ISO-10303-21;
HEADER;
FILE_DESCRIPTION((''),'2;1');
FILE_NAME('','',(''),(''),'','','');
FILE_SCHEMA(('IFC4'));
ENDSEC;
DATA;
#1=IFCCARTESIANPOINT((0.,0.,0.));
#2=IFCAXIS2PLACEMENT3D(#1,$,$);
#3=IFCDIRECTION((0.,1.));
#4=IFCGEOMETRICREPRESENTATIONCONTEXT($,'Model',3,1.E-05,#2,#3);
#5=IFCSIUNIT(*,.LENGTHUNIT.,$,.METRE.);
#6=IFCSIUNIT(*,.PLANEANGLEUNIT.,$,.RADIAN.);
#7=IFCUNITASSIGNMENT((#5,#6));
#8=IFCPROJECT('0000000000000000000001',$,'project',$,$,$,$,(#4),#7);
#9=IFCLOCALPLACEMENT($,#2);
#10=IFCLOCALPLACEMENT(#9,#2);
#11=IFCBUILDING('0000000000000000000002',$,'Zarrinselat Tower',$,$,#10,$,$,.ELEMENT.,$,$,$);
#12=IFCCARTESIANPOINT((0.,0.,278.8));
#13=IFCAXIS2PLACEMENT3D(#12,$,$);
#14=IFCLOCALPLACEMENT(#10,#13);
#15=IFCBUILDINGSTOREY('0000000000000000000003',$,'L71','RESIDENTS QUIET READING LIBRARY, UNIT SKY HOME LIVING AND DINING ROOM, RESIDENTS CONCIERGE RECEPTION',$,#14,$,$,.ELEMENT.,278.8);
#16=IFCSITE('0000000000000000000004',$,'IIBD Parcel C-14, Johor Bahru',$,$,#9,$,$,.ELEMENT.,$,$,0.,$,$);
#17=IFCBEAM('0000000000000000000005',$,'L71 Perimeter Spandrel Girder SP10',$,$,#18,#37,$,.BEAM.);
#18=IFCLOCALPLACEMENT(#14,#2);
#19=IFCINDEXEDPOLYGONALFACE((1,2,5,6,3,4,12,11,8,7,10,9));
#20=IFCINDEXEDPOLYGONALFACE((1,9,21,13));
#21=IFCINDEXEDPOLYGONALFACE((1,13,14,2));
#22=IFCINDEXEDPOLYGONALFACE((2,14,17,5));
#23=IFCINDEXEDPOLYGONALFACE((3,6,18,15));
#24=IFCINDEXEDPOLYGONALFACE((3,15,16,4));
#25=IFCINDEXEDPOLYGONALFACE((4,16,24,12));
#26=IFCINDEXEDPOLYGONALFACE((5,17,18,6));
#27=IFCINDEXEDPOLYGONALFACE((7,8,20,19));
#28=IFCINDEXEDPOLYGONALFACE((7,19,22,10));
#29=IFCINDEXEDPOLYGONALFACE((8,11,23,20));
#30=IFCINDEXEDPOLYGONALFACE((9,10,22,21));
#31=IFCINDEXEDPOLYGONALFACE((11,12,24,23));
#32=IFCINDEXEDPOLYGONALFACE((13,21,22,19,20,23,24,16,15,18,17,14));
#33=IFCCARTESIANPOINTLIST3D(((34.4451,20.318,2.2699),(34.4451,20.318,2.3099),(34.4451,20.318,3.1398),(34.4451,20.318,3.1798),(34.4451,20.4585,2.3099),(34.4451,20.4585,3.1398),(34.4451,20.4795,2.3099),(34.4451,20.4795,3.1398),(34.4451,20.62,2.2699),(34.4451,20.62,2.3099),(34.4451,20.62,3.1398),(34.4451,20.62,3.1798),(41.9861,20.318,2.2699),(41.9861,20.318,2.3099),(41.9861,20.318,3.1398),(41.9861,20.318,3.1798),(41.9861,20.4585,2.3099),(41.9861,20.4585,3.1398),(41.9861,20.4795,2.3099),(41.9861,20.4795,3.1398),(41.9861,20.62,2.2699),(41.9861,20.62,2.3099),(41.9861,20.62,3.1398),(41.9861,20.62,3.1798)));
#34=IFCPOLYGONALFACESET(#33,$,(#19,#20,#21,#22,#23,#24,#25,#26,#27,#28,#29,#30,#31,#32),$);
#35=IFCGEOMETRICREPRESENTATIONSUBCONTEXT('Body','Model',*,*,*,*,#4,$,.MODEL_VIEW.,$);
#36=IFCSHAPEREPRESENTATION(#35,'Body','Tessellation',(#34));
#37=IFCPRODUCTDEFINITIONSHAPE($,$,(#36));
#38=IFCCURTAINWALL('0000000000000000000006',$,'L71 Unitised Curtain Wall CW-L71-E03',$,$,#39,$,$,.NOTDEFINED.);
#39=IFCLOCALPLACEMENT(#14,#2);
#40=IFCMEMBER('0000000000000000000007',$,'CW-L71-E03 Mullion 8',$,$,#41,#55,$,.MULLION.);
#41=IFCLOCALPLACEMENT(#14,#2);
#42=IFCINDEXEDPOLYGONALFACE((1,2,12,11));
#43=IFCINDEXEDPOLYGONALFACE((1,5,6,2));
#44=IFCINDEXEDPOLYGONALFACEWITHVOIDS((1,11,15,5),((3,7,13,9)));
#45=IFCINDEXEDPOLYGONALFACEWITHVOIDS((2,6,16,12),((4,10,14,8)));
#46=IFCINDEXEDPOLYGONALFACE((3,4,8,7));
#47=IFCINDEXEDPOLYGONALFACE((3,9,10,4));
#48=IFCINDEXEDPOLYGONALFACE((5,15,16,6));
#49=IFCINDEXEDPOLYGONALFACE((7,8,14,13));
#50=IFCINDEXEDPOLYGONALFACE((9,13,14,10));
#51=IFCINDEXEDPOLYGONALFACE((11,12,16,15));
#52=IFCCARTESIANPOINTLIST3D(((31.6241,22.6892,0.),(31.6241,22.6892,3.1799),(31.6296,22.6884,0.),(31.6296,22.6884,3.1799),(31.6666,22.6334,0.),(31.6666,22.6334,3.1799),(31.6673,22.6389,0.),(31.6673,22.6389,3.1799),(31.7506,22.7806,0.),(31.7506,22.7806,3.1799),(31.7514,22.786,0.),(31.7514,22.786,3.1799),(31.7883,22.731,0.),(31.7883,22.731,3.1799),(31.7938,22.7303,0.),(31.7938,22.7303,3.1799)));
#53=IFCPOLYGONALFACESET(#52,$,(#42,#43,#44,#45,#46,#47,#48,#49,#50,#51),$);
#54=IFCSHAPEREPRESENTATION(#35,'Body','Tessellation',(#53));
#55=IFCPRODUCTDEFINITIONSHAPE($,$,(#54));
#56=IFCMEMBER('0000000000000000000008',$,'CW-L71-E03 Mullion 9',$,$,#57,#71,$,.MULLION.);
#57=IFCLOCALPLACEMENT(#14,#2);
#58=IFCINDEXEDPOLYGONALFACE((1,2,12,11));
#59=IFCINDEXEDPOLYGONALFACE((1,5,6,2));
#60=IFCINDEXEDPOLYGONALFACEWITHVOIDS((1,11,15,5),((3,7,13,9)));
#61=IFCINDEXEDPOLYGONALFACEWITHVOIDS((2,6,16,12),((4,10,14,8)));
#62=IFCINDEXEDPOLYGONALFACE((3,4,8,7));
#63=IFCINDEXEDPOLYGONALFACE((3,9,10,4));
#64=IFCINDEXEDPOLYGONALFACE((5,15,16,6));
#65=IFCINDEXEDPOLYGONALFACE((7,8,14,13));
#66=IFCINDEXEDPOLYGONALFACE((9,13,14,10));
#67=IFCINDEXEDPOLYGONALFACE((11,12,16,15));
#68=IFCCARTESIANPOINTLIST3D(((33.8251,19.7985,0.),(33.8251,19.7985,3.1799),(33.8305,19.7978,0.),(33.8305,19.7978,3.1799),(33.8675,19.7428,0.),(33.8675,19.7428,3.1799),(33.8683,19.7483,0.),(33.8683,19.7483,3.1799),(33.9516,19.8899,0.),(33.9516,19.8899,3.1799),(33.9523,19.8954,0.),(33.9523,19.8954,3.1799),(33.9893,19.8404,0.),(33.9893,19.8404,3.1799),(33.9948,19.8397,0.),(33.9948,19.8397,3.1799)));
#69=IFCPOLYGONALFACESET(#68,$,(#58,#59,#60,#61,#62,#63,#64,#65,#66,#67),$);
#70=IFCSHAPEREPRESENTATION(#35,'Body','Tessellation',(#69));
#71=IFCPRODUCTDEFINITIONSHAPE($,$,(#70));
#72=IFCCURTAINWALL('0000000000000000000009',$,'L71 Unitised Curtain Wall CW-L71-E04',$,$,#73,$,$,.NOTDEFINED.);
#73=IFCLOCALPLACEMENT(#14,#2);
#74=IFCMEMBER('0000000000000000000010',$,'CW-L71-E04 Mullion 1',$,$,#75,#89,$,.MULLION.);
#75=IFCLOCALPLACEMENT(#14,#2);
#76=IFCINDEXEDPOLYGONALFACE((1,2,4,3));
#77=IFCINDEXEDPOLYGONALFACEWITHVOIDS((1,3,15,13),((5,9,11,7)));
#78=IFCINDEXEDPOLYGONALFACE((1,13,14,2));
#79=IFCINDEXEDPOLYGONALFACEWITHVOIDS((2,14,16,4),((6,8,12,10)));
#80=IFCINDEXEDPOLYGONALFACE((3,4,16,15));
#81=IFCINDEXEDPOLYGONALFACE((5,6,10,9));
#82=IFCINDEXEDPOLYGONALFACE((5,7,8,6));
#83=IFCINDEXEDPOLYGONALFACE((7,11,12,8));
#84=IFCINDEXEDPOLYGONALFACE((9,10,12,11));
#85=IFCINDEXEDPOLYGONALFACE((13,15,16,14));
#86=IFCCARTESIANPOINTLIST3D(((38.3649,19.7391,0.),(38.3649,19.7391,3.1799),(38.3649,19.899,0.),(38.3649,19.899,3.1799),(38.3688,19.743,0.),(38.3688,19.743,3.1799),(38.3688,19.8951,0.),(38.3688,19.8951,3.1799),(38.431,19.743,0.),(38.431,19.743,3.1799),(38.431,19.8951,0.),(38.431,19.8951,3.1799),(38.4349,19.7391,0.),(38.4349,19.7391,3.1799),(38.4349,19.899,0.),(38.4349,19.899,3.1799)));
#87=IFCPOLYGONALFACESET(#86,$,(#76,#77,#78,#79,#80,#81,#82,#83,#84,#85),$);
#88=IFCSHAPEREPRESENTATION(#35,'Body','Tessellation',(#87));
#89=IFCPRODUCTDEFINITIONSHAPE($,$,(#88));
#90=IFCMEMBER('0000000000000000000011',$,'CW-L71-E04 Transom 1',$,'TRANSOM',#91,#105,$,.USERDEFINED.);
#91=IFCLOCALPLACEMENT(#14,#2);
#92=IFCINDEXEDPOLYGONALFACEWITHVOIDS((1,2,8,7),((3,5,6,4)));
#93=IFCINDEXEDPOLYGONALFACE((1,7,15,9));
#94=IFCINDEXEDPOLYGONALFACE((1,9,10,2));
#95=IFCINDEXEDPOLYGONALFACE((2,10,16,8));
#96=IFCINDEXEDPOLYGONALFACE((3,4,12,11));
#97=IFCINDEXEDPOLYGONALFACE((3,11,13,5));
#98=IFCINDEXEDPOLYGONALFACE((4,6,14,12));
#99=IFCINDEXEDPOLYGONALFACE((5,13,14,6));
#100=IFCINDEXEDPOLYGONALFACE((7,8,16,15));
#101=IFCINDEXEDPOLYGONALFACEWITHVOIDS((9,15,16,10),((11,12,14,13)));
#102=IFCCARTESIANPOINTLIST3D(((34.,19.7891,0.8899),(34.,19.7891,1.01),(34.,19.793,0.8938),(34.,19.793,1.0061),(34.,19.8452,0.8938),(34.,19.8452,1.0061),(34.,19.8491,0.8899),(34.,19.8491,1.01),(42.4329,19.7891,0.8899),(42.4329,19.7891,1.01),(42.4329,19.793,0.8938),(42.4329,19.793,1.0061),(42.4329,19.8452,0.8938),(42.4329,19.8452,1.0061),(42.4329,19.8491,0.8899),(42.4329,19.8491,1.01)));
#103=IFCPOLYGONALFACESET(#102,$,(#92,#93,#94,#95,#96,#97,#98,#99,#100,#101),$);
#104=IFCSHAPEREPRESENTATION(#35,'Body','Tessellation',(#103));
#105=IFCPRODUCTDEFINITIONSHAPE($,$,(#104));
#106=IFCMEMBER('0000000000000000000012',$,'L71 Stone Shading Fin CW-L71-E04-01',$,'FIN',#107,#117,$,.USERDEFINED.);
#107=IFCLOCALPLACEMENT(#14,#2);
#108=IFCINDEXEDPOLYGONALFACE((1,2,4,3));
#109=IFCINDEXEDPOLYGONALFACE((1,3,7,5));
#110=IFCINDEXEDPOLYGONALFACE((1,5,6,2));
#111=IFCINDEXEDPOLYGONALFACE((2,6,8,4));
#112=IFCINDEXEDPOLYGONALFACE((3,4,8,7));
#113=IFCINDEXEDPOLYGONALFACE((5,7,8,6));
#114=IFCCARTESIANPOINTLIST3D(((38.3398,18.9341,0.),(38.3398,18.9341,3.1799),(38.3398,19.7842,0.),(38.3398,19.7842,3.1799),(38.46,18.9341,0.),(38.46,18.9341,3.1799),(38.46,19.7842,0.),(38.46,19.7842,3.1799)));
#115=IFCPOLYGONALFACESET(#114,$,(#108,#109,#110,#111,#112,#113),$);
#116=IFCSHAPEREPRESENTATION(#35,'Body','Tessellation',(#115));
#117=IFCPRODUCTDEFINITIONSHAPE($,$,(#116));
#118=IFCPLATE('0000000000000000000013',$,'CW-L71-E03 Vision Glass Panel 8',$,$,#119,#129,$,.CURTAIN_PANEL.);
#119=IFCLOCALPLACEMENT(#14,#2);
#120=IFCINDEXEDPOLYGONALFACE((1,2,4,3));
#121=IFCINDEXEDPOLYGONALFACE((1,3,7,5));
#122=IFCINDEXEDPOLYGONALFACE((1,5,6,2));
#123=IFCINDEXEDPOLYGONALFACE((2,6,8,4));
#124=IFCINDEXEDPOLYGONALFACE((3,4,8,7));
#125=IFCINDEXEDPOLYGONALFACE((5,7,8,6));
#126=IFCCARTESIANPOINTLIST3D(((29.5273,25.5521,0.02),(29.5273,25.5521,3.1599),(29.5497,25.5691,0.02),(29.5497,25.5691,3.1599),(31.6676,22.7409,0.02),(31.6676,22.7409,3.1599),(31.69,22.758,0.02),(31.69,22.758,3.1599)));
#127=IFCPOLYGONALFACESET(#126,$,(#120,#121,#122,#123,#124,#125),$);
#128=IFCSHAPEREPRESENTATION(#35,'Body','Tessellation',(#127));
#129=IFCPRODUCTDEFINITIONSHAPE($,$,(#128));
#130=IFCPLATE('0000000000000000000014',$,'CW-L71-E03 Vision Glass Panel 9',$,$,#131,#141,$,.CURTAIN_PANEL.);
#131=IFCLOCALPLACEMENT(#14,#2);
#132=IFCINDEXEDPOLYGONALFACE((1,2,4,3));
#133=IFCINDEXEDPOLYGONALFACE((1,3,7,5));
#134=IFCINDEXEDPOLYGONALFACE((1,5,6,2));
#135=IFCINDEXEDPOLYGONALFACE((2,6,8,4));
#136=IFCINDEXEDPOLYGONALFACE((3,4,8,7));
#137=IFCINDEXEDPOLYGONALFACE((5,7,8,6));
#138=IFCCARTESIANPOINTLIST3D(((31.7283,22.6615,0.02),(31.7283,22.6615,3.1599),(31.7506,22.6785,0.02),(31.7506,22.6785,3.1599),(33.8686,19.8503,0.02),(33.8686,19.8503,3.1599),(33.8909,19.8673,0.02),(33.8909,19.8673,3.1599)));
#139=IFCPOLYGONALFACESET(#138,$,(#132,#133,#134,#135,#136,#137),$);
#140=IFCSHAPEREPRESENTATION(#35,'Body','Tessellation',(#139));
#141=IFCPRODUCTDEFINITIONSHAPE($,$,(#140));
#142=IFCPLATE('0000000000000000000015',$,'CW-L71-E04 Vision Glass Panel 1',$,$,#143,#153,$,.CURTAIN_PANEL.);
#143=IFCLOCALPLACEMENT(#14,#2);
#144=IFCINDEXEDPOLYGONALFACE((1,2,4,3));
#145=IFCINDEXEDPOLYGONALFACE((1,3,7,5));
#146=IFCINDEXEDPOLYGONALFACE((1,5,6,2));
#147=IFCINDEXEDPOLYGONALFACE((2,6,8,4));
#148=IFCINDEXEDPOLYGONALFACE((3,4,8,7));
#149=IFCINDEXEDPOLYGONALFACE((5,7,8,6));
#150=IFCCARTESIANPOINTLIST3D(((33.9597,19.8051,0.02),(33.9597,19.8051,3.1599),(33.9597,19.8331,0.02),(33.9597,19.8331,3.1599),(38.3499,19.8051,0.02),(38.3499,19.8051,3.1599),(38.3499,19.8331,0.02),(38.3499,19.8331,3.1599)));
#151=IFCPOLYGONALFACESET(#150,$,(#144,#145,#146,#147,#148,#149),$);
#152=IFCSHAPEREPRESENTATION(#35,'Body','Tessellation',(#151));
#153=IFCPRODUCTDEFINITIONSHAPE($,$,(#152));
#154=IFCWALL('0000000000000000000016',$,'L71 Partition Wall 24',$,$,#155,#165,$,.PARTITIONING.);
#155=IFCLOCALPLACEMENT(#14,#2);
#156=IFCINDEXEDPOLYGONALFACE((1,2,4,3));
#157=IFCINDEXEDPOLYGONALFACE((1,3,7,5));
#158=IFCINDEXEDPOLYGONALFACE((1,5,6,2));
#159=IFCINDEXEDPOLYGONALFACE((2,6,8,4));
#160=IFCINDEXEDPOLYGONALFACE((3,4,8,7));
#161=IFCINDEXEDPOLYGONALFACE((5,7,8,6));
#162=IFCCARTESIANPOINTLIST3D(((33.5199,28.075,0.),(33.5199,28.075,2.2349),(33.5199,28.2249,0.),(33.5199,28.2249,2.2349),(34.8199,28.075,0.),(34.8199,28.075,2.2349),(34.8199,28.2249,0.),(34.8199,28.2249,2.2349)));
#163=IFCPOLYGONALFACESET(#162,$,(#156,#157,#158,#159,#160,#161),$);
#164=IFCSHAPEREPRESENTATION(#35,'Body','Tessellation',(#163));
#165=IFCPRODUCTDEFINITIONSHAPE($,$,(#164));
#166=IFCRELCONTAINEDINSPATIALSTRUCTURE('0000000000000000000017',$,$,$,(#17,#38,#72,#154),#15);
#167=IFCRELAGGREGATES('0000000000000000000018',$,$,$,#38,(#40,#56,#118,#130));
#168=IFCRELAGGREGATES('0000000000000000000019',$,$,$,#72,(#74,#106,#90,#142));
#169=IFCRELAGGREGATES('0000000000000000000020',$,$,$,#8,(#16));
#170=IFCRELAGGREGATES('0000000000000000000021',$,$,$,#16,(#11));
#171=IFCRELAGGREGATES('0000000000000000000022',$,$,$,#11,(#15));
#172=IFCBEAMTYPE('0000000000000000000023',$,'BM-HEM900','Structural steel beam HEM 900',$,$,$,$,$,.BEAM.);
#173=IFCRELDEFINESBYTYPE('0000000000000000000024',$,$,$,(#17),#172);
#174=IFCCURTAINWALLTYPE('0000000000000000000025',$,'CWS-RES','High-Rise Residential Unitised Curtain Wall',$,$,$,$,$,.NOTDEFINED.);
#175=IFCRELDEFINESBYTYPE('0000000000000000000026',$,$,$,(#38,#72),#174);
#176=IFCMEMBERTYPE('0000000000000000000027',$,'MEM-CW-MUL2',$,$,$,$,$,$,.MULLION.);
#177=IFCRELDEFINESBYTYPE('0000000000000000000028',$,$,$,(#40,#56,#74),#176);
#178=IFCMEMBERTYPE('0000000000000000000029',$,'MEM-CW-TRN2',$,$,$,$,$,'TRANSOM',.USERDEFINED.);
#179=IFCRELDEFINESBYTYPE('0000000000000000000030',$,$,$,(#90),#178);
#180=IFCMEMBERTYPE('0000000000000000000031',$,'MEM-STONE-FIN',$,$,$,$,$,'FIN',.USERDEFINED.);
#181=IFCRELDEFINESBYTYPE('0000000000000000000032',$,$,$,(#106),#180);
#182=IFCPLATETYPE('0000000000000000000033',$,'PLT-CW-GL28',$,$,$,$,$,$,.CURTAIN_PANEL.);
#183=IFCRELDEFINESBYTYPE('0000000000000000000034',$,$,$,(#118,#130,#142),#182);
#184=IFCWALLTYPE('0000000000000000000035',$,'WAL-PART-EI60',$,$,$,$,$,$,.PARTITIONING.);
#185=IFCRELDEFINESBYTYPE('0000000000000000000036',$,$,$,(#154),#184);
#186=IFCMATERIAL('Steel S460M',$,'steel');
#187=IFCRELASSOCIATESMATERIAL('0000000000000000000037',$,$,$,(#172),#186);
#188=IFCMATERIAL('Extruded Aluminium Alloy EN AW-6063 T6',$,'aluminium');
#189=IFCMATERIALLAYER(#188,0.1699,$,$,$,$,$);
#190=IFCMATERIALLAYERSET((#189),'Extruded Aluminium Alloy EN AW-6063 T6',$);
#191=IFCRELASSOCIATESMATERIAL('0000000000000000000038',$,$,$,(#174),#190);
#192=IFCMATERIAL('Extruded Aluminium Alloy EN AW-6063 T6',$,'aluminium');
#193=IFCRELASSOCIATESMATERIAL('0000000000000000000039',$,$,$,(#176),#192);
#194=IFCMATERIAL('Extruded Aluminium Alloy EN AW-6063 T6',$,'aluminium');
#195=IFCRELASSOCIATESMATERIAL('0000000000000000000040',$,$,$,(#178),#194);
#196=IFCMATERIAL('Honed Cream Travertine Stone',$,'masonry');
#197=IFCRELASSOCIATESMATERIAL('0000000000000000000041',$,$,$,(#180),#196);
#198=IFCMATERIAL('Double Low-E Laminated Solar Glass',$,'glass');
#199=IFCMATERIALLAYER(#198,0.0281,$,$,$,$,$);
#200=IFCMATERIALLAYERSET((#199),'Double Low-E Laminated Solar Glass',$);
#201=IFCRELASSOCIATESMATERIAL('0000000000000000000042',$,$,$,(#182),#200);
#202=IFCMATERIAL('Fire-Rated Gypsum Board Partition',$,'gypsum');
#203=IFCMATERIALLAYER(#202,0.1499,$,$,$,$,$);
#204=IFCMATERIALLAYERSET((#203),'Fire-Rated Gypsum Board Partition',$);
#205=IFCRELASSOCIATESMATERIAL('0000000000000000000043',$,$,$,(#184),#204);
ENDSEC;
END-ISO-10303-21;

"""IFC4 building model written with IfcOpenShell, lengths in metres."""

from ifc_helpers import new_model, si_unit, direction, frame, frame_2d, origin, origin_2d, place, context, subcontext, project, spatial, rectangle, hollow_rectangle, i_section, extrude, material, layer, layer_set, material_profile, profile_set, type_object, element, aggregate, save


model = new_model("IFC4")

# Units and contexts
model_context = context("Model", 3, precision=1e-05, world=origin(), true_north=direction((0.0, 1.0)))
body_context = subcontext(model_context, "Body", "Model", "MODEL_VIEW")
ifc_project = project(units=[si_unit("LENGTHUNIT", "METRE"), si_unit("PLANEANGLEUNIT", "RADIAN")], contexts=[model_context])

# Site, building, storey
site_placement = place(None, origin())
site = spatial("IfcSite", under=ifc_project, at=site_placement, Name="IIBD Parcel C-14, Johor Bahru", CompositionType="ELEMENT", RefElevation=0.0)
building_placement = place(site_placement, origin())
building = spatial("IfcBuilding", under=site, at=building_placement, Name="Zarrinselat Tower", CompositionType="ELEMENT")
storey_placement = place(building_placement, frame((0.0, 0.0, 278.8)))
storey = spatial("IfcBuildingStorey", under=building, at=storey_placement, Name="L71", Description="RESIDENTS QUIET READING LIBRARY, UNIT SKY HOME LIVING AND DINING ROOM, RESIDENTS CONCIERGE RECEPTION", CompositionType="ELEMENT", Elevation=278.8)

# Beam
ifc_material_1 = material(Name="Steel S460M", Category="steel")
ifc_material_profile_1 = material_profile(ifc_material_1, i_section(OverallWidth=0.302, OverallDepth=0.9099, WebThickness=0.021, FlangeThickness=0.04, at=origin_2d()), Name="HEM 900")
ifc_profile_set_1 = profile_set([ifc_material_profile_1], Name="Steel S460M")
beam_type_1 = type_object("IfcBeamType", Name="BM-HEM900", Description="Structural steel beam HEM 900", PredefinedType="BEAM", material=ifc_profile_set_1)
beam_1_placement = place(storey_placement, frame((34.4451, 20.469, 2.7249), z_axis=(1.0, 0.0, 0.0), x_axis=(0.0, 1.0, 0.0)))
element("IfcBeam", 1, at=beam_1_placement, inside=storey, type_object=beam_type_1, Name="L71 Perimeter Spandrel Girder SP10", PredefinedType="BEAM", context=body_context, shape_type="SweptSolid", body=[
    extrude(i_section(OverallWidth=0.302, OverallDepth=0.9099, WebThickness=0.021, FlangeThickness=0.04, at=origin_2d()), origin(), (0.0, 0.0, 1.0), 7.541),
])

# Curtain walls, members
ifc_material_2 = material(Name="Extruded Aluminium Alloy EN AW-6063 T6", Category="aluminium")
ifc_layer_1 = layer(ifc_material_2, 0.1699)
ifc_layer_set_1 = layer_set([ifc_layer_1], Name="Extruded Aluminium Alloy EN AW-6063 T6")
curtain_wall_type = type_object("IfcCurtainWallType", Name="CWS-RES", Description="High-Rise Residential Unitised Curtain Wall", PredefinedType="NOTDEFINED", material=ifc_layer_set_1)
curtain_wall_1_placement = place(storey_placement, origin())
curtain_wall_1 = element("IfcCurtainWall", 2, at=curtain_wall_1_placement, inside=storey, type_object=curtain_wall_type, Name="L71 Unitised Curtain Wall CW-L71-E03", PredefinedType="NOTDEFINED")
ifc_material_3 = material(Name="Extruded Aluminium Alloy EN AW-6063 T6", Category="aluminium")
ifc_material_profile_2 = material_profile(ifc_material_3, hollow_rectangle(XDim=0.0701, YDim=0.1599, WallThickness=0.0039, at=origin_2d()), Name="RHS 160x70x4")
ifc_profile_set_2 = profile_set([ifc_material_profile_2], Name="Extruded Aluminium Alloy EN AW-6063 T6")
member_type_1 = type_object("IfcMemberType", Name="MEM-CW-MUL2", PredefinedType="MULLION", material=ifc_profile_set_2)
member_1_placement = place(storey_placement, frame((31.709, 22.7097, 0.0), z_axis=(0.0, 0.0, 1.0), x_axis=(0.605767, -0.795642, 0.0)))
member_1 = element("IfcMember", 3, at=member_1_placement, type_object=member_type_1, Name="CW-L71-E03 Mullion 8", PredefinedType="MULLION", context=body_context, shape_type="SweptSolid", body=[
    extrude(hollow_rectangle(XDim=0.0701, YDim=0.1599, WallThickness=0.0039, at=origin_2d()), origin(), (0.0, 0.0, 1.0), 3.1799),
])
member_2_placement = place(storey_placement, frame((33.9099, 19.8191, 0.0), z_axis=(0.0, 0.0, 1.0), x_axis=(0.605767, -0.795642, 0.0)))
member_2 = element("IfcMember", 4, at=member_2_placement, type_object=member_type_1, Name="CW-L71-E03 Mullion 9", PredefinedType="MULLION", context=body_context, shape_type="SweptSolid", body=[
    extrude(hollow_rectangle(XDim=0.0701, YDim=0.1599, WallThickness=0.0039, at=origin_2d()), origin(), (0.0, 0.0, 1.0), 3.1799),
])
curtain_wall_2_placement = place(storey_placement, origin())
curtain_wall_2 = element("IfcCurtainWall", 5, at=curtain_wall_2_placement, inside=storey, type_object=curtain_wall_type, Name="L71 Unitised Curtain Wall CW-L71-E04", PredefinedType="NOTDEFINED")
member_3_placement = place(storey_placement, frame((38.3999, 19.8191, 0.0), z_axis=(0.0, 0.0, 1.0), x_axis=(1.0, 0.0, 0.0)))
member_3 = element("IfcMember", 6, at=member_3_placement, type_object=member_type_1, Name="CW-L71-E04 Mullion 1", PredefinedType="MULLION", context=body_context, shape_type="SweptSolid", body=[
    extrude(hollow_rectangle(XDim=0.0701, YDim=0.1599, WallThickness=0.0039, at=origin_2d()), origin(), (0.0, 0.0, 1.0), 3.1799),
])
ifc_material_4 = material(Name="Extruded Aluminium Alloy EN AW-6063 T6", Category="aluminium")
ifc_material_profile_3 = material_profile(ifc_material_4, hollow_rectangle(XDim=0.0601, YDim=0.1201, WallThickness=0.0039, at=origin_2d()), Name="RHS 120x60x4")
ifc_profile_set_3 = profile_set([ifc_material_profile_3], Name="Extruded Aluminium Alloy EN AW-6063 T6")
member_type_2 = type_object("IfcMemberType", Name="MEM-CW-TRN2", ElementType="TRANSOM", PredefinedType="USERDEFINED", material=ifc_profile_set_3)
member_4_placement = place(storey_placement, frame((34.0, 19.8191, 0.95), z_axis=(1.0, 0.0, 0.0), x_axis=(0.0, 1.0, 0.0)))
member_4 = element("IfcMember", 7, at=member_4_placement, type_object=member_type_2, Name="CW-L71-E04 Transom 1", ObjectType="TRANSOM", PredefinedType="USERDEFINED", context=body_context, shape_type="SweptSolid", body=[
    extrude(hollow_rectangle(XDim=0.0601, YDim=0.1201, WallThickness=0.0039, at=origin_2d()), origin(), (0.0, 0.0, 1.0), 8.4329),
])
ifc_material_5 = material(Name="Honed Cream Travertine Stone", Category="masonry")
ifc_material_profile_4 = material_profile(ifc_material_5, rectangle(XDim=0.1201, YDim=0.8501, at=origin_2d()), Name="FIN 850x120")
ifc_profile_set_4 = profile_set([ifc_material_profile_4], Name="Honed Cream Travertine Stone")
member_type_3 = type_object("IfcMemberType", Name="MEM-STONE-FIN", ElementType="FIN", PredefinedType="USERDEFINED", material=ifc_profile_set_4)
member_5_placement = place(storey_placement, frame((38.3999, 19.3591, 0.0), z_axis=(0.0, 0.0, 1.0), x_axis=(-1.0, 0.0, 0.0)))
member_5 = element("IfcMember", 8, at=member_5_placement, type_object=member_type_3, Name="L71 Stone Shading Fin CW-L71-E04-01", ObjectType="FIN", PredefinedType="USERDEFINED", context=body_context, shape_type="SweptSolid", body=[
    extrude(rectangle(XDim=0.1201, YDim=0.8501, at=origin_2d()), origin(), (0.0, 0.0, 1.0), 3.1799),
])

# Plates
ifc_material_6 = material(Name="Double Low-E Laminated Solar Glass", Category="glass")
ifc_layer_2 = layer(ifc_material_6, 0.0281)
ifc_layer_set_2 = layer_set([ifc_layer_2], Name="Double Low-E Laminated Solar Glass")
plate_type = type_object("IfcPlateType", Name="PLT-CW-GL28", PredefinedType="CURTAIN_PANEL", material=ifc_layer_set_2)
plate_1_placement = place(storey_placement, frame((30.6086, 24.155, 0.02), z_axis=(0.0, 0.0, 1.0), x_axis=(0.605767, -0.795642, 0.0)))
plate_1 = element("IfcPlate", 9, at=plate_1_placement, type_object=plate_type, Name="CW-L71-E03 Vision Glass Panel 8", PredefinedType="CURTAIN_PANEL", context=body_context, shape_type="SweptSolid", body=[
    extrude(rectangle(XDim=3.5332, YDim=0.0281, at=origin_2d()), origin(), (0.0, 0.0, 1.0), 3.1399),
])
plate_2_placement = place(storey_placement, frame((32.8096, 21.2644, 0.02), z_axis=(0.0, 0.0, 1.0), x_axis=(0.605767, -0.795642, 0.0)))
plate_2 = element("IfcPlate", 10, at=plate_2_placement, type_object=plate_type, Name="CW-L71-E03 Vision Glass Panel 9", PredefinedType="CURTAIN_PANEL", context=body_context, shape_type="SweptSolid", body=[
    extrude(rectangle(XDim=3.5332, YDim=0.0281, at=origin_2d()), origin(), (0.0, 0.0, 1.0), 3.1399),
])
aggregate(curtain_wall_1, [member_1, member_2, plate_1, plate_2])
plate_3_placement = place(storey_placement, frame((36.1548, 19.8191, 0.02), z_axis=(0.0, 0.0, 1.0), x_axis=(1.0, 0.0, 0.0)))
plate_3 = element("IfcPlate", 11, at=plate_3_placement, type_object=plate_type, Name="CW-L71-E04 Vision Glass Panel 1", PredefinedType="CURTAIN_PANEL", context=body_context, shape_type="SweptSolid", body=[
    extrude(rectangle(XDim=4.3901, YDim=0.0281, at=origin_2d()), origin(), (0.0, 0.0, 1.0), 3.1399),
])
aggregate(curtain_wall_2, [member_3, member_5, member_4, plate_3])

# Wall
ifc_material_7 = material(Name="Fire-Rated Gypsum Board Partition", Category="gypsum")
ifc_layer_3 = layer(ifc_material_7, 0.1499)
ifc_layer_set_3 = layer_set([ifc_layer_3], Name="Fire-Rated Gypsum Board Partition")
wall_type_1 = type_object("IfcWallType", Name="WAL-PART-EI60", PredefinedType="PARTITIONING", material=ifc_layer_set_3)
wall_1_placement = place(storey_placement, frame((33.52, 28.1499, 0.0), z_axis=(0.0, 0.0, 1.0), x_axis=(1.0, 0.0, 0.0)))
element("IfcWall", 12, at=wall_1_placement, inside=storey, type_object=wall_type_1, Name="L71 Partition Wall 24", PredefinedType="PARTITIONING", context=body_context, shape_type="SweptSolid", body=[
    extrude(rectangle(XDim=1.3, YDim=0.1499, at=frame_2d((0.6499, 0.0))), origin(), (0.0, 0.0, 1.0), 2.2349),
])

save(model, "model.ifc")
